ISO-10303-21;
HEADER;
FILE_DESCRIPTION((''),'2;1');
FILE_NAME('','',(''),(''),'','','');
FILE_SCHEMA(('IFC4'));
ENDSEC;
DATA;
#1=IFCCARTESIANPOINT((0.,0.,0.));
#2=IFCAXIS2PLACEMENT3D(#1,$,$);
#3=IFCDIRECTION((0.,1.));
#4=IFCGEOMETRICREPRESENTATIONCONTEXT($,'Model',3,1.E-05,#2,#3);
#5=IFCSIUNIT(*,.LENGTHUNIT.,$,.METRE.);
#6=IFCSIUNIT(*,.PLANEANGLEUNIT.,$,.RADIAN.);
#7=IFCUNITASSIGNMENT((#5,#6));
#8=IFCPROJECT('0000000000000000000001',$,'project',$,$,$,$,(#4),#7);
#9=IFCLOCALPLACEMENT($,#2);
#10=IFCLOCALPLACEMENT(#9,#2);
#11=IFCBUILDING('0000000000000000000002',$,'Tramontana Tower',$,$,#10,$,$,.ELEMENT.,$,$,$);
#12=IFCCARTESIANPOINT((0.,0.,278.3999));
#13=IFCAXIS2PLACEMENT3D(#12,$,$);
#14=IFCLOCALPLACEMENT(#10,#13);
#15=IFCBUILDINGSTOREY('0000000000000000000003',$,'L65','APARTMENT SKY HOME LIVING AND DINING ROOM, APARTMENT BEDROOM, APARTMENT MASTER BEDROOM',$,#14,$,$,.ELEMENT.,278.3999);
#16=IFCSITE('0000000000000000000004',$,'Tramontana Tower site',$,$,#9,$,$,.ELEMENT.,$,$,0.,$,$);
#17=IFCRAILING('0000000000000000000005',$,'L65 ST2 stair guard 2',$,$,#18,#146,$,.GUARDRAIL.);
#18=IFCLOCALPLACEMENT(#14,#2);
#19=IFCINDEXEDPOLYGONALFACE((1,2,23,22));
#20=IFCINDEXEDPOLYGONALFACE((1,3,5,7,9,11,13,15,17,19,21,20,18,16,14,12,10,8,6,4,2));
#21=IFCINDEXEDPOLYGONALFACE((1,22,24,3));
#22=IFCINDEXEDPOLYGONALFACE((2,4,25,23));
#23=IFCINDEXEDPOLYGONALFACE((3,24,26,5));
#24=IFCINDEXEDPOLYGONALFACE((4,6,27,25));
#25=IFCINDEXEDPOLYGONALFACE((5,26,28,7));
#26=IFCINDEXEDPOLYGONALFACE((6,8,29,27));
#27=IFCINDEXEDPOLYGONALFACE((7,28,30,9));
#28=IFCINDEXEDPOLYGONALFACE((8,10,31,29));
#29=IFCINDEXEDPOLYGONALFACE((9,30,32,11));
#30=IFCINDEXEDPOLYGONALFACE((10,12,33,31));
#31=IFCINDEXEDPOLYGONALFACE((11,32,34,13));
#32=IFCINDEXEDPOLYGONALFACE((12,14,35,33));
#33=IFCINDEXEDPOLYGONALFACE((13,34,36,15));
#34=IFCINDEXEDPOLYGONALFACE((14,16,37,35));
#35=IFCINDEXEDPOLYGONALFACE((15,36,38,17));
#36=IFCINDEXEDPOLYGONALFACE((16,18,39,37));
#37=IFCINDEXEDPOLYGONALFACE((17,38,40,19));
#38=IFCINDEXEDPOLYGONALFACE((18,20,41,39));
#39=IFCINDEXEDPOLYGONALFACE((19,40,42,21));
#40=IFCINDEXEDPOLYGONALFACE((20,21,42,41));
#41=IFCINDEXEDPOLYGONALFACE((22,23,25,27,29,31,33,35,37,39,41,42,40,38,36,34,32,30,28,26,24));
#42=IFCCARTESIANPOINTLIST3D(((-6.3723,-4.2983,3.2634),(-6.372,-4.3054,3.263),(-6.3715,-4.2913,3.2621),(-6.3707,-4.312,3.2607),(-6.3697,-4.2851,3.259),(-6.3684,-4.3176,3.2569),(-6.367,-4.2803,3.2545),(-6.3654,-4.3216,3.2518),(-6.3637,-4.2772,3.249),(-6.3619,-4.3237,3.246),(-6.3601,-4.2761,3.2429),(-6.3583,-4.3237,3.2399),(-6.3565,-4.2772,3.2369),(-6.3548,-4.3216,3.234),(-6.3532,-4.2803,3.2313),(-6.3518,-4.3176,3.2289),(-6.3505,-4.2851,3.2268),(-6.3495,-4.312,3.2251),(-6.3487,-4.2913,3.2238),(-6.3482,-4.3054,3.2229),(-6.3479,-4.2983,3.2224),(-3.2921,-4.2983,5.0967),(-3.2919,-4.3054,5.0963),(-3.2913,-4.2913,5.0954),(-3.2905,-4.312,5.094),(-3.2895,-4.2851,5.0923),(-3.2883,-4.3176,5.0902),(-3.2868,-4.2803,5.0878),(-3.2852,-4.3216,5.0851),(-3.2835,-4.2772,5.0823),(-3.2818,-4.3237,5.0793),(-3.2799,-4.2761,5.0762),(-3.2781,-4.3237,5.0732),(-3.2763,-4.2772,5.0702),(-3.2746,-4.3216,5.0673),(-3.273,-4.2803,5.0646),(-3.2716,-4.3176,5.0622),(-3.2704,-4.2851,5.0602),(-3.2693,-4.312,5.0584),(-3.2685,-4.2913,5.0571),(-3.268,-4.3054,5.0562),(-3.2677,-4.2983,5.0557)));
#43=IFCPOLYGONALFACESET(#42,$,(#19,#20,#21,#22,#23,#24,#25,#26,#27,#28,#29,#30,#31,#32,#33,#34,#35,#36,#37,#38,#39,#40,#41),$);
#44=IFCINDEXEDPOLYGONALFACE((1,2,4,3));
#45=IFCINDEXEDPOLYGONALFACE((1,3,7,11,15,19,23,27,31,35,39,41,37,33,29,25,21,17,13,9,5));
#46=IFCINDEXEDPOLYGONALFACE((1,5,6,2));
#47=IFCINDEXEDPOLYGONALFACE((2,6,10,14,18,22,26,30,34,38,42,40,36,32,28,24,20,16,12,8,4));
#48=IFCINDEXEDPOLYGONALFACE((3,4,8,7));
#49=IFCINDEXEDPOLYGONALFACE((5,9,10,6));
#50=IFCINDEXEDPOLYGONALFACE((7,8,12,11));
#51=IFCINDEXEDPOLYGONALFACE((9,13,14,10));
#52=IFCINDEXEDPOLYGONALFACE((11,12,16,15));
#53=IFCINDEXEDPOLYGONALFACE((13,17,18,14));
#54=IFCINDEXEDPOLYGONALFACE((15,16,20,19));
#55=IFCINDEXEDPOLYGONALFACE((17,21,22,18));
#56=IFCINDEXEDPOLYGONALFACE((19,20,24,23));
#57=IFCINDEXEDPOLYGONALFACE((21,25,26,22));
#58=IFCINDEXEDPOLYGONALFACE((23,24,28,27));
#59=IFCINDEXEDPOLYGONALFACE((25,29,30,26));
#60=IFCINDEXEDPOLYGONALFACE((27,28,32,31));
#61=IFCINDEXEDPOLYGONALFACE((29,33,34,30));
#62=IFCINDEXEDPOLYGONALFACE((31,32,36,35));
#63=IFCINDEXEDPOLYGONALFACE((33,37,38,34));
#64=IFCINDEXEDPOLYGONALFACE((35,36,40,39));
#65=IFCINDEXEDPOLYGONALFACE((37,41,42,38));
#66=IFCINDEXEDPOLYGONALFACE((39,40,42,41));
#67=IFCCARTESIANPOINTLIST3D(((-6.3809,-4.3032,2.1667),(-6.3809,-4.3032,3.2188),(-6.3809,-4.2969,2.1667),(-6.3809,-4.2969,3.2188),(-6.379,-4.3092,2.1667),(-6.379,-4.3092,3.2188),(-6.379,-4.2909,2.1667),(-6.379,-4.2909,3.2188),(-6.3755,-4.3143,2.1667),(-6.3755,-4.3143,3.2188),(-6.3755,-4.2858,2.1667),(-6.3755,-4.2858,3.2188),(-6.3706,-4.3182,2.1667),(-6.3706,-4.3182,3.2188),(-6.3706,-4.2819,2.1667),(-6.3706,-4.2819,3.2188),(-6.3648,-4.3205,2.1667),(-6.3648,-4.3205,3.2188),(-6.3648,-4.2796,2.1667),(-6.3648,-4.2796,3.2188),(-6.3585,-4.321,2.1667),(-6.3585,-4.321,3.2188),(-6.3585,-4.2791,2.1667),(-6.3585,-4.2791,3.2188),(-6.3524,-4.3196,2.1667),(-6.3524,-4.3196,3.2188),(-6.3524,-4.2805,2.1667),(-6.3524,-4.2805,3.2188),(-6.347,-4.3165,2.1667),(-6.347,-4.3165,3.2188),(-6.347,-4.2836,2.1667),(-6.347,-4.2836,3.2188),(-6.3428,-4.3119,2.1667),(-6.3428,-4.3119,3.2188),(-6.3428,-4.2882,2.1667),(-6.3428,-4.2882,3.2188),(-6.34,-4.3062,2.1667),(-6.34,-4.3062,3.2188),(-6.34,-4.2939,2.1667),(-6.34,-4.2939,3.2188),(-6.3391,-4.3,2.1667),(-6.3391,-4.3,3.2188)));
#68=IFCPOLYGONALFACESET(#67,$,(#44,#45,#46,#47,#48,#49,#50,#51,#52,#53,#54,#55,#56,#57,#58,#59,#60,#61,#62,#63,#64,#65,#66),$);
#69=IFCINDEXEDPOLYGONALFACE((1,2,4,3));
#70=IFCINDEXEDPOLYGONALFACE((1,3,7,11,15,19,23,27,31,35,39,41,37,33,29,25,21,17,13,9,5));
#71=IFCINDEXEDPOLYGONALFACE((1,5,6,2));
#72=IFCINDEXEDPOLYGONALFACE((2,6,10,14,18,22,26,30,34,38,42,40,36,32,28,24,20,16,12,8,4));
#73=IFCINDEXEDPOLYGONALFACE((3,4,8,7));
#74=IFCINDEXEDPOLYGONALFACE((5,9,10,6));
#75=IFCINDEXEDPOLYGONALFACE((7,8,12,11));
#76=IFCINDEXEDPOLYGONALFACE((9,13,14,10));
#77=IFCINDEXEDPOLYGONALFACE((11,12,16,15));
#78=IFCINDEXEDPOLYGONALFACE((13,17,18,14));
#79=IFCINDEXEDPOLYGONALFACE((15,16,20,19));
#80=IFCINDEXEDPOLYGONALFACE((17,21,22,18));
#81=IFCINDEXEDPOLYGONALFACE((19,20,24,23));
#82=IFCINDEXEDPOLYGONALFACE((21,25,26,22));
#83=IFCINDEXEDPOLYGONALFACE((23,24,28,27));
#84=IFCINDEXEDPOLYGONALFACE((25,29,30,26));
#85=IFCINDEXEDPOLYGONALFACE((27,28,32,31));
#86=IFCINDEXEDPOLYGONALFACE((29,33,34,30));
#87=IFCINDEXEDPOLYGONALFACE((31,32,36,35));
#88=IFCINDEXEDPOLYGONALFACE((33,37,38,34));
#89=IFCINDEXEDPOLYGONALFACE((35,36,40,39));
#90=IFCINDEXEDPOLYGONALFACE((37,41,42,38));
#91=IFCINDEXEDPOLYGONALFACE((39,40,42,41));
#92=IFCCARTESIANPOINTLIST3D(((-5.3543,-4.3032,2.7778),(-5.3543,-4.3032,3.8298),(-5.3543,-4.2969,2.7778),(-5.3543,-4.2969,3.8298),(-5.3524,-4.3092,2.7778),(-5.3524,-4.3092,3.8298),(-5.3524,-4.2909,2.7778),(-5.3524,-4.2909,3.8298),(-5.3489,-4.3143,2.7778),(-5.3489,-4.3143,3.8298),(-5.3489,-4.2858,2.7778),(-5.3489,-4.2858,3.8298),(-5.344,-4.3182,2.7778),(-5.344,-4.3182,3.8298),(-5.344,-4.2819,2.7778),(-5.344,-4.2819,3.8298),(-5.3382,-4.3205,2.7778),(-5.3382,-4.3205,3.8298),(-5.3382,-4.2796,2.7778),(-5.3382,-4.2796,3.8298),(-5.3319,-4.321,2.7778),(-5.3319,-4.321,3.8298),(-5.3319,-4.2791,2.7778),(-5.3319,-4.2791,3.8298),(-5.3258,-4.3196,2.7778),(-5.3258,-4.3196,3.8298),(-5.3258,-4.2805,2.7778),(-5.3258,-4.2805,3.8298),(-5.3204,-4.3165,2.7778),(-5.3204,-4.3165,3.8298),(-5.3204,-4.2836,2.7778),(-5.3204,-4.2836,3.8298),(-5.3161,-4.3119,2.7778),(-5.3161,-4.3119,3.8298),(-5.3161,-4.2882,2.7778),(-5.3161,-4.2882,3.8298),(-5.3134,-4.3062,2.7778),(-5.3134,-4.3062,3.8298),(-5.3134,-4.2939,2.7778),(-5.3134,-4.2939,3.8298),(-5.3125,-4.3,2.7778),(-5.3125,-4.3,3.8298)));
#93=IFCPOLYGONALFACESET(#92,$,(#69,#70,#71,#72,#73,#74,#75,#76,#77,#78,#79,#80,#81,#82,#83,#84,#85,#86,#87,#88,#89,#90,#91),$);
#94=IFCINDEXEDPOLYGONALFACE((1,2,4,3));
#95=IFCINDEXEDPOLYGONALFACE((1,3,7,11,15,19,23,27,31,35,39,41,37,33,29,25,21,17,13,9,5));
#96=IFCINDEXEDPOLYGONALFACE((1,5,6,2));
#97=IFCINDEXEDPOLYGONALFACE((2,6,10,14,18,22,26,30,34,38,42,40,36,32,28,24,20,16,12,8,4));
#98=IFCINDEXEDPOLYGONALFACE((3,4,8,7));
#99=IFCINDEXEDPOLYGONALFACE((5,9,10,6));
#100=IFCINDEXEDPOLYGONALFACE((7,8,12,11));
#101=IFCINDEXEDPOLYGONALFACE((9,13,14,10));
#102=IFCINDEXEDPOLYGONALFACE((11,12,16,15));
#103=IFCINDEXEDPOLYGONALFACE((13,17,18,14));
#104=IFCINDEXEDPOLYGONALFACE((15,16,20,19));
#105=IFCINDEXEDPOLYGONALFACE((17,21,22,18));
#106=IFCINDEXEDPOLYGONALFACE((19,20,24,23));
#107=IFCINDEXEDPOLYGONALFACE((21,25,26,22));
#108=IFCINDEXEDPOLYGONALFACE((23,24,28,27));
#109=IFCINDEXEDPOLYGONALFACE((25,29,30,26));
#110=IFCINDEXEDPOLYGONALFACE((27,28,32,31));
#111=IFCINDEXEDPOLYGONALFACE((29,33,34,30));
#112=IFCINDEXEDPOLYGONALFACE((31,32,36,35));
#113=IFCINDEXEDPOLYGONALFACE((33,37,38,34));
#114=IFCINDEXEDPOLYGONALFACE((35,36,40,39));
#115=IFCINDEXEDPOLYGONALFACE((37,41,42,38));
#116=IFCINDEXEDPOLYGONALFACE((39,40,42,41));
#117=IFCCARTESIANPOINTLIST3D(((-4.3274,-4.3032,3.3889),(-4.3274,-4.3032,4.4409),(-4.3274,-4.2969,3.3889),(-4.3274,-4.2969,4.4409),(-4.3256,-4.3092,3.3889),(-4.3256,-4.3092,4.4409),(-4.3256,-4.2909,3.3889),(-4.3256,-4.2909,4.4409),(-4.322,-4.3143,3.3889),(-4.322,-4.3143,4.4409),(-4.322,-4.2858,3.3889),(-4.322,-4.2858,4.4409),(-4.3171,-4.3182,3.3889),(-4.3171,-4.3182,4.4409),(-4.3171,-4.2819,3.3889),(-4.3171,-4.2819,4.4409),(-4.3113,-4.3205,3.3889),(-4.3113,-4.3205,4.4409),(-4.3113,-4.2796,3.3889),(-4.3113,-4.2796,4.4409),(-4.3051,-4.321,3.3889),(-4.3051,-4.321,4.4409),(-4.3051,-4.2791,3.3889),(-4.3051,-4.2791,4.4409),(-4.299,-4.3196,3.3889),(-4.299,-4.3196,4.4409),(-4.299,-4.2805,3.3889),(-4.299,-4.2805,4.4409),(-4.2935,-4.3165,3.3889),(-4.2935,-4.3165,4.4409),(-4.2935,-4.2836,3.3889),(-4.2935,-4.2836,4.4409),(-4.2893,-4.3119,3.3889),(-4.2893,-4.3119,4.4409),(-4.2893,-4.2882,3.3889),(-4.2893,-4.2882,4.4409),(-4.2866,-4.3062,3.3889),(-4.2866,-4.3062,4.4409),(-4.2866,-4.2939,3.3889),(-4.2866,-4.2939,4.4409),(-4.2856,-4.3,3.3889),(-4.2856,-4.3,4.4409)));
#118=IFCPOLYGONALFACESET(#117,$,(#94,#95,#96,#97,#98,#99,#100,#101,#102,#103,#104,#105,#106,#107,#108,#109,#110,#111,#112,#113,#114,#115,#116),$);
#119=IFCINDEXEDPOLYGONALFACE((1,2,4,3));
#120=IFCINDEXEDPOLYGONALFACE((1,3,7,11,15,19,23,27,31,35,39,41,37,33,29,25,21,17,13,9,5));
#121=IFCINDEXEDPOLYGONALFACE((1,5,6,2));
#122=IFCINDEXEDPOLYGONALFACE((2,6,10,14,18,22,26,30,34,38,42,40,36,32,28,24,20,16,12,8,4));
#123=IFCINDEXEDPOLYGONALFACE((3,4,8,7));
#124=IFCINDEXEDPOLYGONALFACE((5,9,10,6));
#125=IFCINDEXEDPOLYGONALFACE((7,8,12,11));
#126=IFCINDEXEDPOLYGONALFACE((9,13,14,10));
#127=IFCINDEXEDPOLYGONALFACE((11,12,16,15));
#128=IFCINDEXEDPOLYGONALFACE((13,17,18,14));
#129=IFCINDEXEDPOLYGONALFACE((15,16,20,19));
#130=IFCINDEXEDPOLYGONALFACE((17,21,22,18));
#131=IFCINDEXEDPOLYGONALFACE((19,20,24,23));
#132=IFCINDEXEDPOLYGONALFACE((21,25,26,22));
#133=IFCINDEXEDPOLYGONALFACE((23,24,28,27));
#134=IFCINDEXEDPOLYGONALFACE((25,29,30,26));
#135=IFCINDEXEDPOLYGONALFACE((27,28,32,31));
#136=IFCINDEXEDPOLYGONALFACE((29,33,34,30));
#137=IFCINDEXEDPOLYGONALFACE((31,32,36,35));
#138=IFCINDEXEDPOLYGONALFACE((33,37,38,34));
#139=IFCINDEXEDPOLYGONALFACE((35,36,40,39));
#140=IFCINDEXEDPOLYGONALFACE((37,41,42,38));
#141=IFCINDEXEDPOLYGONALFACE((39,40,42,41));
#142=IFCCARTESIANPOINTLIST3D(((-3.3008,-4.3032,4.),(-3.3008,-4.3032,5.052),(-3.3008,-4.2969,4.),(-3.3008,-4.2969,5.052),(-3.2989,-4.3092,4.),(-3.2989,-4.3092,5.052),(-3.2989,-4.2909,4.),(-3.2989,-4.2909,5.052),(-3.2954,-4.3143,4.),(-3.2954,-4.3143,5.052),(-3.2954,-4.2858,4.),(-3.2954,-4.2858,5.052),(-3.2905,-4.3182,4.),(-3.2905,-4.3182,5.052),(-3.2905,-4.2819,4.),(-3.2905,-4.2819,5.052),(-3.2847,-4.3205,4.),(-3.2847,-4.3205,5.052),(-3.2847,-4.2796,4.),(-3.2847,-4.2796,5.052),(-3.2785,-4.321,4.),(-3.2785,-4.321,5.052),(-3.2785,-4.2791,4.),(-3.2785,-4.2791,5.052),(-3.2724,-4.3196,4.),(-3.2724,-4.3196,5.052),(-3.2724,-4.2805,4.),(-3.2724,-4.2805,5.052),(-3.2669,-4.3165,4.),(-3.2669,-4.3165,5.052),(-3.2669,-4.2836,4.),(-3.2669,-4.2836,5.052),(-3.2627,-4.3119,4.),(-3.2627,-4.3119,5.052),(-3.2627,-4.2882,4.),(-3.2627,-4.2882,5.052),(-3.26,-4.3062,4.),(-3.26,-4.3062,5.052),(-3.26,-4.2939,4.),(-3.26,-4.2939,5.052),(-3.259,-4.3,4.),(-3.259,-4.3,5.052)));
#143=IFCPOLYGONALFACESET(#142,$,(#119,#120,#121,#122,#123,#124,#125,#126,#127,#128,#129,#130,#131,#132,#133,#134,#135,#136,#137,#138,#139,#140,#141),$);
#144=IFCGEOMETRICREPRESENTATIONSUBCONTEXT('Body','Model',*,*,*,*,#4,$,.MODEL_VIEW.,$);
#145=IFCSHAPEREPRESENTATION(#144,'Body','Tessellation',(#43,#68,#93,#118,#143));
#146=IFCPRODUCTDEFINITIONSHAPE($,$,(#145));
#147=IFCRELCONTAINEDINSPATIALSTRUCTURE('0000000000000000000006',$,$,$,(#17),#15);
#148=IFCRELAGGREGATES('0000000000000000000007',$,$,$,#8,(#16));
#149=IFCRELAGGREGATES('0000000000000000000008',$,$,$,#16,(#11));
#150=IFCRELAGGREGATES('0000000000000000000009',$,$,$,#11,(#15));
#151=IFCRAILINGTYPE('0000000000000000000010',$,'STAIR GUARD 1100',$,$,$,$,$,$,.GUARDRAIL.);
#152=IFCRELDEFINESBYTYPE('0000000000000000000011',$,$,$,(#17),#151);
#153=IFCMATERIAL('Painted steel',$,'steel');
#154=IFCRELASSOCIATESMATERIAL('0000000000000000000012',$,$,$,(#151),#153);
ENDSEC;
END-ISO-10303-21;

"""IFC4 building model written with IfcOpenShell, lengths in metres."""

from ifc_helpers import new_model, si_unit, direction, frame, origin, origin_2d, place, context, subcontext, project, spatial, circle, extrude, material, type_object, element, save


model = new_model("IFC4")

# Units and contexts
model_context = context("Model", 3, precision=1e-05, world=origin(), true_north=direction((0.0, 1.0)))
body_context = subcontext(model_context, "Body", "Model", "MODEL_VIEW")
ifc_project = project(units=[si_unit("LENGTHUNIT", "METRE"), si_unit("PLANEANGLEUNIT", "RADIAN")], contexts=[model_context])

# Site, building, storey
site_placement = place(None, origin())
site = spatial("IfcSite", under=ifc_project, at=site_placement, Name="Tramontana Tower site", CompositionType="ELEMENT", RefElevation=0.0)
building_placement = place(site_placement, origin())
building = spatial("IfcBuilding", under=site, at=building_placement, Name="Tramontana Tower", CompositionType="ELEMENT")
storey_placement = place(building_placement, frame((0.0, 0.0, 278.3999)))
storey = spatial("IfcBuildingStorey", under=building, at=storey_placement, Name="L65", Description="APARTMENT SKY HOME LIVING AND DINING ROOM, APARTMENT BEDROOM, APARTMENT MASTER BEDROOM", CompositionType="ELEMENT", Elevation=278.3999)

# Railing
ifc_material_1 = material(Name="Painted steel", Category="steel")
railing_type_1 = type_object("IfcRailingType", Name="STAIR GUARD 1100", PredefinedType="GUARDRAIL", material=ifc_material_1)
railing_1_placement = place(storey_placement, frame((-6.3601, -4.3, 2.1667)))
element("IfcRailing", 1, at=railing_1_placement, inside=storey, type_object=railing_type_1, Name="L65 ST2 stair guard 2", PredefinedType="GUARDRAIL", context=body_context, shape_type="SweptSolid", body=[
    extrude(circle(Radius=0.0239, at=origin_2d()), frame((0.0, 0.0, 1.0762), z_axis=(0.859309, 0.0, 0.511458), x_axis=(0.0, 1.0, 0.0)), (0.0, 0.0, 1.0), 3.5845),
    extrude(circle(Radius=0.021, at=origin_2d()), origin(), (0.0, 0.0, 1.0), 1.052),
    extrude(circle(Radius=0.021, at=origin_2d()), frame((1.0266, 0.0, 0.6111)), (0.0, 0.0, 1.0), 1.052),
    extrude(circle(Radius=0.021, at=origin_2d()), frame((2.0535, 0.0, 1.2222)), (0.0, 0.0, 1.0), 1.052),
    extrude(circle(Radius=0.021, at=origin_2d()), frame((3.0801, 0.0, 1.8333)), (0.0, 0.0, 1.0), 1.052),
])

save(model, "model.ifc")
